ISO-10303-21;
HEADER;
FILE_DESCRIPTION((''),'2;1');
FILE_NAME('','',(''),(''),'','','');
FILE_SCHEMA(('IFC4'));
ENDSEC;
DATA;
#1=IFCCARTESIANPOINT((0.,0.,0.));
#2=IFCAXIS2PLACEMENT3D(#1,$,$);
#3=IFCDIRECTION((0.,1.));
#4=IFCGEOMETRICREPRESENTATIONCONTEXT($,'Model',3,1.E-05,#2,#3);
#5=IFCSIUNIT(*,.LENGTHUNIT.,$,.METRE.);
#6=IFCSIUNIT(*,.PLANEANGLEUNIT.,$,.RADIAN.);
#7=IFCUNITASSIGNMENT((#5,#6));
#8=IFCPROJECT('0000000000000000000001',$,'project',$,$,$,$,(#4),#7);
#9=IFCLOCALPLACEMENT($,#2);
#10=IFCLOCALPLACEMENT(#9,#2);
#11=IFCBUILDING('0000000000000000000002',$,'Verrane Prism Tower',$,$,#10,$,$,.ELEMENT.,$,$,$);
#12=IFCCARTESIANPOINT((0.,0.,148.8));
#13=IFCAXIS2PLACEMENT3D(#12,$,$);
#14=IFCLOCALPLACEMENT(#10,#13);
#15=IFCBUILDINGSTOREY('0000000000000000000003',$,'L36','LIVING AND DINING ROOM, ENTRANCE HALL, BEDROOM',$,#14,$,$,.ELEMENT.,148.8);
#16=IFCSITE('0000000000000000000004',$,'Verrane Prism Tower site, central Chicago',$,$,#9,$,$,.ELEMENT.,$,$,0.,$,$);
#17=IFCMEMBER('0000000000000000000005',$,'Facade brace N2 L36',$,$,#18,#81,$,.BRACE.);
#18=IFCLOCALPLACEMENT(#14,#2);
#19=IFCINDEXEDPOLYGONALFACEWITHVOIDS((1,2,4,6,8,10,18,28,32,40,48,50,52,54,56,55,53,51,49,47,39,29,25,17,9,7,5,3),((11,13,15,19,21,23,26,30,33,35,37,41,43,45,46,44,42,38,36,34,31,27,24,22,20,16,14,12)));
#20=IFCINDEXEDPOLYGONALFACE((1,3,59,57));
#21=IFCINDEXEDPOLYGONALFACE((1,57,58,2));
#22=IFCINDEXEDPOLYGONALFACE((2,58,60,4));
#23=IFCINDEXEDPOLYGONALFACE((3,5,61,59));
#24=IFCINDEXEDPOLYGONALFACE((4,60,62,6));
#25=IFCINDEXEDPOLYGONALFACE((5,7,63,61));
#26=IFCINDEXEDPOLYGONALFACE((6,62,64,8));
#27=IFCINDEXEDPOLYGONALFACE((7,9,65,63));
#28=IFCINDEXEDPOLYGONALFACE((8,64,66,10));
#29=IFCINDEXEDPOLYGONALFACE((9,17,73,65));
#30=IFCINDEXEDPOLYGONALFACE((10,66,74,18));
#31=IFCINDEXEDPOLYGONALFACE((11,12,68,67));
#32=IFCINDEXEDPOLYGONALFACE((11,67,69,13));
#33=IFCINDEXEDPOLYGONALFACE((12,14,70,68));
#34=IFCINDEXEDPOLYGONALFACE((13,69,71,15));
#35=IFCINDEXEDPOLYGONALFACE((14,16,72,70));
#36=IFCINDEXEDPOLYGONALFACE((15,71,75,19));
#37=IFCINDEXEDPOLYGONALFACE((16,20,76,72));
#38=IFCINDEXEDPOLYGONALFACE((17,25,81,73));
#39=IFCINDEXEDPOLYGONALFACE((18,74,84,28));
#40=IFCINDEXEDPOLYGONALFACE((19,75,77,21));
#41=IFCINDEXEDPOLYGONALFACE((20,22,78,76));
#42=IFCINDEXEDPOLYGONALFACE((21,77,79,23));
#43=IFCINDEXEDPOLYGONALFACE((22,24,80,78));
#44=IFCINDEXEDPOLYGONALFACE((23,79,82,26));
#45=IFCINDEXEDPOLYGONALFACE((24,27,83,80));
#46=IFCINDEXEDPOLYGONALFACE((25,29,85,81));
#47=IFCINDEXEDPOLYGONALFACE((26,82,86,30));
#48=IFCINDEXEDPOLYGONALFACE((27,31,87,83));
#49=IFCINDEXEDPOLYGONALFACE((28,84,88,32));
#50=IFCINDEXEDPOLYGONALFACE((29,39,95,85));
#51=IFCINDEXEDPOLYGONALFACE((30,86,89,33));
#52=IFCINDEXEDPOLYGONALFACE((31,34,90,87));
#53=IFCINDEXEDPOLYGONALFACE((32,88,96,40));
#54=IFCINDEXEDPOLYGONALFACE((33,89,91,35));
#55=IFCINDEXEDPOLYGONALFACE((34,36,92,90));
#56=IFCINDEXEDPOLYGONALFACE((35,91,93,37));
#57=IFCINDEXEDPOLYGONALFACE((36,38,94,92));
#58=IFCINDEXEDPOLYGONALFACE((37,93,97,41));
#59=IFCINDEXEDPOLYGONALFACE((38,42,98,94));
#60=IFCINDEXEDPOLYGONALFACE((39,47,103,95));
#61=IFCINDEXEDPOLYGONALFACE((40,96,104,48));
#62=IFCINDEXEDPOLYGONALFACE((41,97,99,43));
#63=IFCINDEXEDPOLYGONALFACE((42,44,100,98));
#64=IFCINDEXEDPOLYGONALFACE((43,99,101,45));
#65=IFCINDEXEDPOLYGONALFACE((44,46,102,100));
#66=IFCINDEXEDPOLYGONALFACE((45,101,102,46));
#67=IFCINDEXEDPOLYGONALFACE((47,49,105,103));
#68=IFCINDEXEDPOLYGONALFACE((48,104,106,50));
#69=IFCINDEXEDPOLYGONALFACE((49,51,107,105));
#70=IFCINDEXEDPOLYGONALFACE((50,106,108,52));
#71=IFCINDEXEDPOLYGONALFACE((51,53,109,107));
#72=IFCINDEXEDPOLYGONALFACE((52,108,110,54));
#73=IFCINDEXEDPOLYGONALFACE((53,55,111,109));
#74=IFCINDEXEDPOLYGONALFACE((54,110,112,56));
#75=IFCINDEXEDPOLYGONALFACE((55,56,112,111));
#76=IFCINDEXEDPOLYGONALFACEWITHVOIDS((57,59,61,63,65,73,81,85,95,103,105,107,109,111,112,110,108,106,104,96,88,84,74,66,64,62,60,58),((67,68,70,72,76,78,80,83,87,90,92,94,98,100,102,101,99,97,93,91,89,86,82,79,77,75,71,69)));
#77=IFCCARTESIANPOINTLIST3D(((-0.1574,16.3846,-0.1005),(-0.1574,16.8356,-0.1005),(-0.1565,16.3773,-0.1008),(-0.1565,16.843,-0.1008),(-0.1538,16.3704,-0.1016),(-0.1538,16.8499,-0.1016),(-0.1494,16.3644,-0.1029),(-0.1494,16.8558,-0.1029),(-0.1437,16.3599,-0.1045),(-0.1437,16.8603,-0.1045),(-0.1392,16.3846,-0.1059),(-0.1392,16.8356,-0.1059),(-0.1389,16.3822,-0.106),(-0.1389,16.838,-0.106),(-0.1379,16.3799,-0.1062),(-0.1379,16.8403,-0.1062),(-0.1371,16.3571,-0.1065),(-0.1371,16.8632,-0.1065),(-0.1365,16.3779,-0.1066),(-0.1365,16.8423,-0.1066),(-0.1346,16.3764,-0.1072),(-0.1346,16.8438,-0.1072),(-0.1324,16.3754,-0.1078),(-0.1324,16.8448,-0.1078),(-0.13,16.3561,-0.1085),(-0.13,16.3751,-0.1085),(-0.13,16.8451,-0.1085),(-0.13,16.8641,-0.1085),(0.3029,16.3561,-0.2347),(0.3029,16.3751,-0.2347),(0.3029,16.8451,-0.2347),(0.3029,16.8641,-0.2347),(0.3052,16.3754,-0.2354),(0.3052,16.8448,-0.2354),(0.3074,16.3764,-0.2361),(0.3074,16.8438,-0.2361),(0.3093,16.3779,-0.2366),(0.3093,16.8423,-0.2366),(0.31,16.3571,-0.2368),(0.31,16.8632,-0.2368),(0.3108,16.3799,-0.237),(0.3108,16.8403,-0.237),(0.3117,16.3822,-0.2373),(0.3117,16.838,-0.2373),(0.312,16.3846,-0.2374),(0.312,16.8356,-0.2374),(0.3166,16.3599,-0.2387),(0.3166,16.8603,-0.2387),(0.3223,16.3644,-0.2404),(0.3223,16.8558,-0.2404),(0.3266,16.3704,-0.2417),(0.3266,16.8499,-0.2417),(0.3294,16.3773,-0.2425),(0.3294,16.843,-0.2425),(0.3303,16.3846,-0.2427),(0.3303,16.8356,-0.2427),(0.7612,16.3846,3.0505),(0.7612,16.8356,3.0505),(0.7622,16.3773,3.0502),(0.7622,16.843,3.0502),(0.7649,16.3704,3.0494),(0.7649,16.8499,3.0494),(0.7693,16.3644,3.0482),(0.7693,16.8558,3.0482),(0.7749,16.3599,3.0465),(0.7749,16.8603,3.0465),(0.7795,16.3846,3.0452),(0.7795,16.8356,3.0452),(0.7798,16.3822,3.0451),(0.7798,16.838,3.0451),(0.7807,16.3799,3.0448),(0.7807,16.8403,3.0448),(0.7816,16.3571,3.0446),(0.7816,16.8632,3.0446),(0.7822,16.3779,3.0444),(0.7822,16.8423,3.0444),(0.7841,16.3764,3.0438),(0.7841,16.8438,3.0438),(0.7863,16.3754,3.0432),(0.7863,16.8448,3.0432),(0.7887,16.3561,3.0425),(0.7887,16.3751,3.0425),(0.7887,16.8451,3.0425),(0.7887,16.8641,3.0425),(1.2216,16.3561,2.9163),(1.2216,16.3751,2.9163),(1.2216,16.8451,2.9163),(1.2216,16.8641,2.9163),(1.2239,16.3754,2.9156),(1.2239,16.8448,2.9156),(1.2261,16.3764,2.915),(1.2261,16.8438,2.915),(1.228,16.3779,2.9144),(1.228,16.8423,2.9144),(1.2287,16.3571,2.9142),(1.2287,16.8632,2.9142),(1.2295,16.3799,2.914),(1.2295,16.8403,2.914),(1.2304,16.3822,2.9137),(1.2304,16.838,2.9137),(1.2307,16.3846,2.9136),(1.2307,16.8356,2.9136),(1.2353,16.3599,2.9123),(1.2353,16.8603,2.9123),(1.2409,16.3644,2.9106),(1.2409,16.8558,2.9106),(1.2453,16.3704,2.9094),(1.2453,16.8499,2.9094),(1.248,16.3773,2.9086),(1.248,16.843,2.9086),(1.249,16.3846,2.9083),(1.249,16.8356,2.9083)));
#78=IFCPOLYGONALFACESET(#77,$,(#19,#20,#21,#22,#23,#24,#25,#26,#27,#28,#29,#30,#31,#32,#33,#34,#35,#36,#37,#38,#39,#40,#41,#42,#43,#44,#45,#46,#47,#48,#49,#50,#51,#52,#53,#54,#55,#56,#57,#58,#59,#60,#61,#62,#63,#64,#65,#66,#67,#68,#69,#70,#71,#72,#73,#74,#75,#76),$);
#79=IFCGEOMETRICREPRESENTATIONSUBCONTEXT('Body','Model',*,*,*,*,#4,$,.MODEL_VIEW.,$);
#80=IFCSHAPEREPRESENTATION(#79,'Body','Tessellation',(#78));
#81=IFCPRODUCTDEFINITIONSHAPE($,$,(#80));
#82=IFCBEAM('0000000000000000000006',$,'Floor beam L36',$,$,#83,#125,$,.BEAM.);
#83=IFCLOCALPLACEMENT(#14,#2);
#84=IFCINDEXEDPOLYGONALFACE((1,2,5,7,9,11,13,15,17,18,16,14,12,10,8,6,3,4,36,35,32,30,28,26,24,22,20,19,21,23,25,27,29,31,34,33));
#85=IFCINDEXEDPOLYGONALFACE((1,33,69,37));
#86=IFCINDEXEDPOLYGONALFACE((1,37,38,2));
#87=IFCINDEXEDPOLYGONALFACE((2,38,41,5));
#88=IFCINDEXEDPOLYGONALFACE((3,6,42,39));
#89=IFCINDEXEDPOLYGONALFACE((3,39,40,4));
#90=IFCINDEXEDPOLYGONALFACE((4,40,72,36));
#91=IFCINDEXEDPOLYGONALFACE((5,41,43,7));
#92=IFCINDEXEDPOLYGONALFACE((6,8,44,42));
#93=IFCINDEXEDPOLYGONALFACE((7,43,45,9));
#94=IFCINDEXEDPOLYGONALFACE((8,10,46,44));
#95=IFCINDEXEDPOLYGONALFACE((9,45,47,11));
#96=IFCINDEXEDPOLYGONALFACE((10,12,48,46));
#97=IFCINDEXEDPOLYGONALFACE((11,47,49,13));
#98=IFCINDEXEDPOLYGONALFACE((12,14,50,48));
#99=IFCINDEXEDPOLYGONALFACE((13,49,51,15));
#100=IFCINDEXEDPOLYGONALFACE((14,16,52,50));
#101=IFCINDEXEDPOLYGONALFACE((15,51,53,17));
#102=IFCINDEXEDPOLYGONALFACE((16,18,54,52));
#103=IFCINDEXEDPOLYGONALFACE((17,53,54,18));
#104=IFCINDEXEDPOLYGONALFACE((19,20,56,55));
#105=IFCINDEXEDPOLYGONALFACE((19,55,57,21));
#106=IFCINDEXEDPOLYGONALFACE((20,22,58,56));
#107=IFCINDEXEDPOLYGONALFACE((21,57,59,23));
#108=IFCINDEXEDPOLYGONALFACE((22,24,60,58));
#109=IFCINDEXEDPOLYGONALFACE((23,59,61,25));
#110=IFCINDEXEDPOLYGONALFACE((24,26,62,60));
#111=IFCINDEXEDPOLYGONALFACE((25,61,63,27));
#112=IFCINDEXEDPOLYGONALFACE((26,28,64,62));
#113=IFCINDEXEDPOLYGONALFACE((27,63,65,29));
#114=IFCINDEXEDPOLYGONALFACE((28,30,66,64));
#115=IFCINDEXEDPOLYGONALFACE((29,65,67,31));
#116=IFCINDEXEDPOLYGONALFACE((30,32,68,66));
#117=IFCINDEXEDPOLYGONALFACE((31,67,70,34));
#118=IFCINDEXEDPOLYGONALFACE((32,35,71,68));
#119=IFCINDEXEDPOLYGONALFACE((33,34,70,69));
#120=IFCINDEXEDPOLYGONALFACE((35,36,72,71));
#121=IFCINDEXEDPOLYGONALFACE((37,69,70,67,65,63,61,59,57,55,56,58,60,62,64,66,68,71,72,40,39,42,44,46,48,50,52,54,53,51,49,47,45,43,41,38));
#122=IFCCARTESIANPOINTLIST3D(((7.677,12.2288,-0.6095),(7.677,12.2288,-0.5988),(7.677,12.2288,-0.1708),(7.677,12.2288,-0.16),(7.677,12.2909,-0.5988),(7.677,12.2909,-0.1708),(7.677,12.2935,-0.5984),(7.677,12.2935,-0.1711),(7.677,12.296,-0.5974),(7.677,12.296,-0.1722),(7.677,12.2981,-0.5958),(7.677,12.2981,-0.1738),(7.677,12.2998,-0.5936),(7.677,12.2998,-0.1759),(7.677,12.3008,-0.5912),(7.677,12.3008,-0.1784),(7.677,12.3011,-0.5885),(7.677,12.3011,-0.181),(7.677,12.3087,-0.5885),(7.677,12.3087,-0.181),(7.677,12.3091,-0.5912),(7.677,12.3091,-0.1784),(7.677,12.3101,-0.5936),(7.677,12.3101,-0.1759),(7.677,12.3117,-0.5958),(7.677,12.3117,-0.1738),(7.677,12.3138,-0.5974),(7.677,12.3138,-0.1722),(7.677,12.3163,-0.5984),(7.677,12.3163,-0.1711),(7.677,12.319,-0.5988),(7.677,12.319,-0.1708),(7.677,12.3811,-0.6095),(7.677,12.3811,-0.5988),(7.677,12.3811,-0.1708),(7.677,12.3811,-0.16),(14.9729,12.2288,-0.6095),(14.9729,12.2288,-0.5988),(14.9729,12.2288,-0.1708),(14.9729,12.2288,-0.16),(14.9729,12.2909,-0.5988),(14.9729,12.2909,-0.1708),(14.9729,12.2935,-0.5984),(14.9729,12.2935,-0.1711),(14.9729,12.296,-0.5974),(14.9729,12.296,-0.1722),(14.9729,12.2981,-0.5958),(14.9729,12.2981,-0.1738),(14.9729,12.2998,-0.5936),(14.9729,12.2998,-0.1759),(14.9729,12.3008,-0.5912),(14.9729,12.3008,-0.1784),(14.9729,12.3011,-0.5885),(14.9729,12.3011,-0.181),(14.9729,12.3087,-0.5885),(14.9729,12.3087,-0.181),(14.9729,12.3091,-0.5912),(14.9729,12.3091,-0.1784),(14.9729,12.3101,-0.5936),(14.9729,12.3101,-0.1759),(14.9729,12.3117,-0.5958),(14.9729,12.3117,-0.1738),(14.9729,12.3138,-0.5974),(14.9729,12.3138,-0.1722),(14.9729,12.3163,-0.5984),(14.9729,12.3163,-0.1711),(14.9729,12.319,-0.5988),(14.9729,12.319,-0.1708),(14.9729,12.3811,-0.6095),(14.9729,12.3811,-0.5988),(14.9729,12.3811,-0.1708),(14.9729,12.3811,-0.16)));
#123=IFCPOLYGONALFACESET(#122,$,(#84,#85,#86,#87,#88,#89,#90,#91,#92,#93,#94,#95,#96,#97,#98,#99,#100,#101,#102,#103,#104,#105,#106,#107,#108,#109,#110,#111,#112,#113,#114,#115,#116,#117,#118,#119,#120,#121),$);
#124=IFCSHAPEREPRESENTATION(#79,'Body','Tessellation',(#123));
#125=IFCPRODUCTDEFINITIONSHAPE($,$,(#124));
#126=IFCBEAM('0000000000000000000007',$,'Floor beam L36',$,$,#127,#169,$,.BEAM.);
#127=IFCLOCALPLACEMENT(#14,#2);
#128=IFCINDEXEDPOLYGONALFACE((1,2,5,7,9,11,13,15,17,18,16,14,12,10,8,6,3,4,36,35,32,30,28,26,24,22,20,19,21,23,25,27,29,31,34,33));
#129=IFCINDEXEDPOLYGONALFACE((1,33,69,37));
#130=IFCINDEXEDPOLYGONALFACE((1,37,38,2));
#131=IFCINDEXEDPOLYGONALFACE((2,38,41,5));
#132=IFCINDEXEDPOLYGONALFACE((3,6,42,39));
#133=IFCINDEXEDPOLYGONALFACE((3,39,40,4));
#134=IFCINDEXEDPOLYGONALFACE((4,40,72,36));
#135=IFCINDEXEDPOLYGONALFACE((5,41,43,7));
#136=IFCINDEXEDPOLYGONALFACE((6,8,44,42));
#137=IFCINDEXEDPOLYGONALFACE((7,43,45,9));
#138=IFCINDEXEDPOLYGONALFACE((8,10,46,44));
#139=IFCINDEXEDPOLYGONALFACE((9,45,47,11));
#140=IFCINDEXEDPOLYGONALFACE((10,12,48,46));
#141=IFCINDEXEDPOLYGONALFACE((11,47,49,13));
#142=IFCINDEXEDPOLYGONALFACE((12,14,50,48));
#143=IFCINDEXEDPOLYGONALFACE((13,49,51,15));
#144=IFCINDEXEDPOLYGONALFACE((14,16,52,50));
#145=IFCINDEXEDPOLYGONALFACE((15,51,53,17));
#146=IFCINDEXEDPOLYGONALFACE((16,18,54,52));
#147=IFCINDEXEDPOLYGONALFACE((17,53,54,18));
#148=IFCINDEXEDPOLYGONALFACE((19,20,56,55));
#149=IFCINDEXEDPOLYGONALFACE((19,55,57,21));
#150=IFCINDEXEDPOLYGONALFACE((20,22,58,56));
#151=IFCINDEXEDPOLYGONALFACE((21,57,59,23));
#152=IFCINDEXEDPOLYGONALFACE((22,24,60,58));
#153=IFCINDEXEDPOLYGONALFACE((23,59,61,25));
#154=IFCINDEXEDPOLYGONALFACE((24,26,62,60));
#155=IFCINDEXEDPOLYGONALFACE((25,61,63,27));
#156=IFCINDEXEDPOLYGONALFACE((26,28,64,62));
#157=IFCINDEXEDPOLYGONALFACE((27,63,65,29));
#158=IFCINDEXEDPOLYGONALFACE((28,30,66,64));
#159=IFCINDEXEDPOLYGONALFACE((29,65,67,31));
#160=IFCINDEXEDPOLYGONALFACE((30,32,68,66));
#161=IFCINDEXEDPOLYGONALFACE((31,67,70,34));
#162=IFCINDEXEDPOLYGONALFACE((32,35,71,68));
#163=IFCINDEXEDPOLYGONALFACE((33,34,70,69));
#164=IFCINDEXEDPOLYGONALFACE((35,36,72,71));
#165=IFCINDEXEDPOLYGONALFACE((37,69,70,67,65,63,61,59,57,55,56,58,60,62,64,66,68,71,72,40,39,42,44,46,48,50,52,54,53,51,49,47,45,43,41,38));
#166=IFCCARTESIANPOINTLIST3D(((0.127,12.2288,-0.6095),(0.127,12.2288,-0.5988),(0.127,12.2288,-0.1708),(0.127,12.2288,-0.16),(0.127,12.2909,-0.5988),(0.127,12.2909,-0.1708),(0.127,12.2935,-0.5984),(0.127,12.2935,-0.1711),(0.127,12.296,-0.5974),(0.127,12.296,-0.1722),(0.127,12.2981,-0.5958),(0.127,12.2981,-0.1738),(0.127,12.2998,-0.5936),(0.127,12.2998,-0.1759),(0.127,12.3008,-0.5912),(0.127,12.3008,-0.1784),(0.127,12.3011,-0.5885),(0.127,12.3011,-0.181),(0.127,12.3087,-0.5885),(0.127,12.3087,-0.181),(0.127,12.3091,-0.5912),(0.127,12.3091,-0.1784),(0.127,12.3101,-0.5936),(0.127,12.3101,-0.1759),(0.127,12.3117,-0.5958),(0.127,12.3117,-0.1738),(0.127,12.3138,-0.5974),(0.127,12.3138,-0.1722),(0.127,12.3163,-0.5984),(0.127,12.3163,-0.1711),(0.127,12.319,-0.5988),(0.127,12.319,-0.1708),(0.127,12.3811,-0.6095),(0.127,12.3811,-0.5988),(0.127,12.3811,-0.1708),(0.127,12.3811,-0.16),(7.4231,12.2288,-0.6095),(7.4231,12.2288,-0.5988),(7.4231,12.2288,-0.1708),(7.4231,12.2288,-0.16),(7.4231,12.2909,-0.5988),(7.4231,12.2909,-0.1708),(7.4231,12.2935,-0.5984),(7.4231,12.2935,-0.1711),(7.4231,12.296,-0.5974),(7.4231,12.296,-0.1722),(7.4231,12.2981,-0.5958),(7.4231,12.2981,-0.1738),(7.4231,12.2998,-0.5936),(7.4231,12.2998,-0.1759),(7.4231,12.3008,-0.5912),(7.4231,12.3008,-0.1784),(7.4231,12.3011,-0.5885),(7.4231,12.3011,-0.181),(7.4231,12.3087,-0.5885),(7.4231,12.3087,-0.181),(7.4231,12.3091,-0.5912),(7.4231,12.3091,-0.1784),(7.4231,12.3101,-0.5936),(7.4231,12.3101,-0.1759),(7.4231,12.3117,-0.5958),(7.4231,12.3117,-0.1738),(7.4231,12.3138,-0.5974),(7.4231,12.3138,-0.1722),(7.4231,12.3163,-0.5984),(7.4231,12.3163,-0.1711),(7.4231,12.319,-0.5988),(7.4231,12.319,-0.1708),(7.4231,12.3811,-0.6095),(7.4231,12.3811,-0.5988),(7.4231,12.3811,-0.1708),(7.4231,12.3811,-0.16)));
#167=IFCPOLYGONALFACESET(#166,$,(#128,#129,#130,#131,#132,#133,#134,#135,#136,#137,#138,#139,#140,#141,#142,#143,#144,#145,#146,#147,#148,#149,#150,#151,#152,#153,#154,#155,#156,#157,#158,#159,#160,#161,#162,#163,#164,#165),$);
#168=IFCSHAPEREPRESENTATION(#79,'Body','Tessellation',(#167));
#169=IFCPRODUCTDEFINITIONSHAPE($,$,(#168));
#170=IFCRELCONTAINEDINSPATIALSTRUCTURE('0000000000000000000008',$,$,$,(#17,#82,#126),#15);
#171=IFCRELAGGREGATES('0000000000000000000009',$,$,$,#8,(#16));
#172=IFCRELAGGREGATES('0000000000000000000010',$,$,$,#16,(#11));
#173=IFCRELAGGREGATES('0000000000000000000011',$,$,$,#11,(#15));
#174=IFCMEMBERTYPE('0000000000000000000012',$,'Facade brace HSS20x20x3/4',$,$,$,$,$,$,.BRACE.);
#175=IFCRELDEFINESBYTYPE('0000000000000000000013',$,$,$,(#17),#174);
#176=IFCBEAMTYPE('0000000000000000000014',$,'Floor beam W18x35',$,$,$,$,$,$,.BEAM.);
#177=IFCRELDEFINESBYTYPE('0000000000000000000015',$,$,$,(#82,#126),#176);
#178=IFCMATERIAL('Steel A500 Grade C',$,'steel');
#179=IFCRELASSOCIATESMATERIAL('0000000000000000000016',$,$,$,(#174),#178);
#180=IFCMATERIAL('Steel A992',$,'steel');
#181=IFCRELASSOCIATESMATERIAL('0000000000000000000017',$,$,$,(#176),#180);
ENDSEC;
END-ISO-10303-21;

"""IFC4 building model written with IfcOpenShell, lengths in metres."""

from ifc_helpers import new_model, si_unit, direction, frame, origin, origin_2d, place, context, subcontext, project, spatial, hollow_rectangle, i_section, extrude, material, material_profile, profile_set, type_object, element, save


model = new_model("IFC4")

# Units and contexts
model_context = context("Model", 3, precision=1e-05, world=origin(), true_north=direction((0.0, 1.0)))
body_context = subcontext(model_context, "Body", "Model", "MODEL_VIEW")
ifc_project = project(units=[si_unit("LENGTHUNIT", "METRE"), si_unit("PLANEANGLEUNIT", "RADIAN")], contexts=[model_context])

# Site, building, storey
site_placement = place(None, origin())
site = spatial("IfcSite", under=ifc_project, at=site_placement, Name="Verrane Prism Tower site, central Chicago", CompositionType="ELEMENT", RefElevation=0.0)
building_placement = place(site_placement, origin())
building = spatial("IfcBuilding", under=site, at=building_placement, Name="Verrane Prism Tower", CompositionType="ELEMENT")
storey_placement = place(building_placement, frame((0.0, 0.0, 148.8)))
storey = spatial("IfcBuildingStorey", under=building, at=storey_placement, Name="L36", Description="LIVING AND DINING ROOM, ENTRANCE HALL, BEDROOM", CompositionType="ELEMENT", Elevation=148.8)

# Member
ifc_material_1 = material(Name="Steel A500 Grade C", Category="steel")
ifc_material_profile_1 = material_profile(ifc_material_1, hollow_rectangle(XDim=0.5081, YDim=0.5081, WallThickness=0.019, InnerFilletRadius=0.0095, OuterFilletRadius=0.0286, at=origin_2d()), Name="HSS20x20x3/4")
ifc_profile_set_1 = profile_set([ifc_material_profile_1], Name="Steel A500 Grade C")
member_type_1 = type_object("IfcMemberType", Name="Facade brace HSS20x20x3/4", PredefinedType="BRACE", material=ifc_profile_set_1)
member_1_placement = place(storey_placement, frame((0.0864, 16.6101, -0.1716), z_axis=(0.279894, 0.0, 0.960031), x_axis=(0.0, 1.0, 0.0)))
element("IfcMember", 1, at=member_1_placement, inside=storey, type_object=member_type_1, Name="Facade brace N2 L36", PredefinedType="BRACE", context=body_context, shape_type="SweptSolid", body=[
    extrude(hollow_rectangle(XDim=0.5081, YDim=0.5081, WallThickness=0.019, InnerFilletRadius=0.0095, OuterFilletRadius=0.0286, at=origin_2d()), origin(), (0.0, 0.0, 1.0), 3.2822),
])

# Beams
ifc_material_2 = material(Name="Steel A992", Category="steel")
ifc_material_profile_2 = material_profile(ifc_material_2, i_section(OverallWidth=0.1523, OverallDepth=0.4495, WebThickness=0.0076, FlangeThickness=0.0107, FilletRadius=0.0103, at=origin_2d()), Name="W18x35")
ifc_profile_set_2 = profile_set([ifc_material_profile_2], Name="Steel A992")
beam_type_1 = type_object("IfcBeamType", Name="Floor beam W18x35", PredefinedType="BEAM", material=ifc_profile_set_2)
beam_1_placement = place(storey_placement, frame((7.677, 12.3049, -0.3848), z_axis=(1.0, 0.0, 0.0), x_axis=(0.0, 1.0, 0.0)))
element("IfcBeam", 2, at=beam_1_placement, inside=storey, type_object=beam_type_1, Name="Floor beam L36", PredefinedType="BEAM", context=body_context, shape_type="SweptSolid", body=[
    extrude(i_section(OverallWidth=0.1523, OverallDepth=0.4495, WebThickness=0.0076, FlangeThickness=0.0107, FilletRadius=0.0103, at=origin_2d()), origin(), (0.0, 0.0, 1.0), 7.2959),
])
beam_2_placement = place(storey_placement, frame((0.127, 12.3049, -0.3848), z_axis=(1.0, 0.0, 0.0), x_axis=(0.0, 1.0, 0.0)))
element("IfcBeam", 3, at=beam_2_placement, inside=storey, type_object=beam_type_1, Name="Floor beam L36", PredefinedType="BEAM", context=body_context, shape_type="SweptSolid", body=[
    extrude(i_section(OverallWidth=0.1523, OverallDepth=0.4495, WebThickness=0.0076, FlangeThickness=0.0107, FilletRadius=0.0103, at=origin_2d()), origin(), (0.0, 0.0, 1.0), 7.2961),
])

save(model, "model.ifc")
